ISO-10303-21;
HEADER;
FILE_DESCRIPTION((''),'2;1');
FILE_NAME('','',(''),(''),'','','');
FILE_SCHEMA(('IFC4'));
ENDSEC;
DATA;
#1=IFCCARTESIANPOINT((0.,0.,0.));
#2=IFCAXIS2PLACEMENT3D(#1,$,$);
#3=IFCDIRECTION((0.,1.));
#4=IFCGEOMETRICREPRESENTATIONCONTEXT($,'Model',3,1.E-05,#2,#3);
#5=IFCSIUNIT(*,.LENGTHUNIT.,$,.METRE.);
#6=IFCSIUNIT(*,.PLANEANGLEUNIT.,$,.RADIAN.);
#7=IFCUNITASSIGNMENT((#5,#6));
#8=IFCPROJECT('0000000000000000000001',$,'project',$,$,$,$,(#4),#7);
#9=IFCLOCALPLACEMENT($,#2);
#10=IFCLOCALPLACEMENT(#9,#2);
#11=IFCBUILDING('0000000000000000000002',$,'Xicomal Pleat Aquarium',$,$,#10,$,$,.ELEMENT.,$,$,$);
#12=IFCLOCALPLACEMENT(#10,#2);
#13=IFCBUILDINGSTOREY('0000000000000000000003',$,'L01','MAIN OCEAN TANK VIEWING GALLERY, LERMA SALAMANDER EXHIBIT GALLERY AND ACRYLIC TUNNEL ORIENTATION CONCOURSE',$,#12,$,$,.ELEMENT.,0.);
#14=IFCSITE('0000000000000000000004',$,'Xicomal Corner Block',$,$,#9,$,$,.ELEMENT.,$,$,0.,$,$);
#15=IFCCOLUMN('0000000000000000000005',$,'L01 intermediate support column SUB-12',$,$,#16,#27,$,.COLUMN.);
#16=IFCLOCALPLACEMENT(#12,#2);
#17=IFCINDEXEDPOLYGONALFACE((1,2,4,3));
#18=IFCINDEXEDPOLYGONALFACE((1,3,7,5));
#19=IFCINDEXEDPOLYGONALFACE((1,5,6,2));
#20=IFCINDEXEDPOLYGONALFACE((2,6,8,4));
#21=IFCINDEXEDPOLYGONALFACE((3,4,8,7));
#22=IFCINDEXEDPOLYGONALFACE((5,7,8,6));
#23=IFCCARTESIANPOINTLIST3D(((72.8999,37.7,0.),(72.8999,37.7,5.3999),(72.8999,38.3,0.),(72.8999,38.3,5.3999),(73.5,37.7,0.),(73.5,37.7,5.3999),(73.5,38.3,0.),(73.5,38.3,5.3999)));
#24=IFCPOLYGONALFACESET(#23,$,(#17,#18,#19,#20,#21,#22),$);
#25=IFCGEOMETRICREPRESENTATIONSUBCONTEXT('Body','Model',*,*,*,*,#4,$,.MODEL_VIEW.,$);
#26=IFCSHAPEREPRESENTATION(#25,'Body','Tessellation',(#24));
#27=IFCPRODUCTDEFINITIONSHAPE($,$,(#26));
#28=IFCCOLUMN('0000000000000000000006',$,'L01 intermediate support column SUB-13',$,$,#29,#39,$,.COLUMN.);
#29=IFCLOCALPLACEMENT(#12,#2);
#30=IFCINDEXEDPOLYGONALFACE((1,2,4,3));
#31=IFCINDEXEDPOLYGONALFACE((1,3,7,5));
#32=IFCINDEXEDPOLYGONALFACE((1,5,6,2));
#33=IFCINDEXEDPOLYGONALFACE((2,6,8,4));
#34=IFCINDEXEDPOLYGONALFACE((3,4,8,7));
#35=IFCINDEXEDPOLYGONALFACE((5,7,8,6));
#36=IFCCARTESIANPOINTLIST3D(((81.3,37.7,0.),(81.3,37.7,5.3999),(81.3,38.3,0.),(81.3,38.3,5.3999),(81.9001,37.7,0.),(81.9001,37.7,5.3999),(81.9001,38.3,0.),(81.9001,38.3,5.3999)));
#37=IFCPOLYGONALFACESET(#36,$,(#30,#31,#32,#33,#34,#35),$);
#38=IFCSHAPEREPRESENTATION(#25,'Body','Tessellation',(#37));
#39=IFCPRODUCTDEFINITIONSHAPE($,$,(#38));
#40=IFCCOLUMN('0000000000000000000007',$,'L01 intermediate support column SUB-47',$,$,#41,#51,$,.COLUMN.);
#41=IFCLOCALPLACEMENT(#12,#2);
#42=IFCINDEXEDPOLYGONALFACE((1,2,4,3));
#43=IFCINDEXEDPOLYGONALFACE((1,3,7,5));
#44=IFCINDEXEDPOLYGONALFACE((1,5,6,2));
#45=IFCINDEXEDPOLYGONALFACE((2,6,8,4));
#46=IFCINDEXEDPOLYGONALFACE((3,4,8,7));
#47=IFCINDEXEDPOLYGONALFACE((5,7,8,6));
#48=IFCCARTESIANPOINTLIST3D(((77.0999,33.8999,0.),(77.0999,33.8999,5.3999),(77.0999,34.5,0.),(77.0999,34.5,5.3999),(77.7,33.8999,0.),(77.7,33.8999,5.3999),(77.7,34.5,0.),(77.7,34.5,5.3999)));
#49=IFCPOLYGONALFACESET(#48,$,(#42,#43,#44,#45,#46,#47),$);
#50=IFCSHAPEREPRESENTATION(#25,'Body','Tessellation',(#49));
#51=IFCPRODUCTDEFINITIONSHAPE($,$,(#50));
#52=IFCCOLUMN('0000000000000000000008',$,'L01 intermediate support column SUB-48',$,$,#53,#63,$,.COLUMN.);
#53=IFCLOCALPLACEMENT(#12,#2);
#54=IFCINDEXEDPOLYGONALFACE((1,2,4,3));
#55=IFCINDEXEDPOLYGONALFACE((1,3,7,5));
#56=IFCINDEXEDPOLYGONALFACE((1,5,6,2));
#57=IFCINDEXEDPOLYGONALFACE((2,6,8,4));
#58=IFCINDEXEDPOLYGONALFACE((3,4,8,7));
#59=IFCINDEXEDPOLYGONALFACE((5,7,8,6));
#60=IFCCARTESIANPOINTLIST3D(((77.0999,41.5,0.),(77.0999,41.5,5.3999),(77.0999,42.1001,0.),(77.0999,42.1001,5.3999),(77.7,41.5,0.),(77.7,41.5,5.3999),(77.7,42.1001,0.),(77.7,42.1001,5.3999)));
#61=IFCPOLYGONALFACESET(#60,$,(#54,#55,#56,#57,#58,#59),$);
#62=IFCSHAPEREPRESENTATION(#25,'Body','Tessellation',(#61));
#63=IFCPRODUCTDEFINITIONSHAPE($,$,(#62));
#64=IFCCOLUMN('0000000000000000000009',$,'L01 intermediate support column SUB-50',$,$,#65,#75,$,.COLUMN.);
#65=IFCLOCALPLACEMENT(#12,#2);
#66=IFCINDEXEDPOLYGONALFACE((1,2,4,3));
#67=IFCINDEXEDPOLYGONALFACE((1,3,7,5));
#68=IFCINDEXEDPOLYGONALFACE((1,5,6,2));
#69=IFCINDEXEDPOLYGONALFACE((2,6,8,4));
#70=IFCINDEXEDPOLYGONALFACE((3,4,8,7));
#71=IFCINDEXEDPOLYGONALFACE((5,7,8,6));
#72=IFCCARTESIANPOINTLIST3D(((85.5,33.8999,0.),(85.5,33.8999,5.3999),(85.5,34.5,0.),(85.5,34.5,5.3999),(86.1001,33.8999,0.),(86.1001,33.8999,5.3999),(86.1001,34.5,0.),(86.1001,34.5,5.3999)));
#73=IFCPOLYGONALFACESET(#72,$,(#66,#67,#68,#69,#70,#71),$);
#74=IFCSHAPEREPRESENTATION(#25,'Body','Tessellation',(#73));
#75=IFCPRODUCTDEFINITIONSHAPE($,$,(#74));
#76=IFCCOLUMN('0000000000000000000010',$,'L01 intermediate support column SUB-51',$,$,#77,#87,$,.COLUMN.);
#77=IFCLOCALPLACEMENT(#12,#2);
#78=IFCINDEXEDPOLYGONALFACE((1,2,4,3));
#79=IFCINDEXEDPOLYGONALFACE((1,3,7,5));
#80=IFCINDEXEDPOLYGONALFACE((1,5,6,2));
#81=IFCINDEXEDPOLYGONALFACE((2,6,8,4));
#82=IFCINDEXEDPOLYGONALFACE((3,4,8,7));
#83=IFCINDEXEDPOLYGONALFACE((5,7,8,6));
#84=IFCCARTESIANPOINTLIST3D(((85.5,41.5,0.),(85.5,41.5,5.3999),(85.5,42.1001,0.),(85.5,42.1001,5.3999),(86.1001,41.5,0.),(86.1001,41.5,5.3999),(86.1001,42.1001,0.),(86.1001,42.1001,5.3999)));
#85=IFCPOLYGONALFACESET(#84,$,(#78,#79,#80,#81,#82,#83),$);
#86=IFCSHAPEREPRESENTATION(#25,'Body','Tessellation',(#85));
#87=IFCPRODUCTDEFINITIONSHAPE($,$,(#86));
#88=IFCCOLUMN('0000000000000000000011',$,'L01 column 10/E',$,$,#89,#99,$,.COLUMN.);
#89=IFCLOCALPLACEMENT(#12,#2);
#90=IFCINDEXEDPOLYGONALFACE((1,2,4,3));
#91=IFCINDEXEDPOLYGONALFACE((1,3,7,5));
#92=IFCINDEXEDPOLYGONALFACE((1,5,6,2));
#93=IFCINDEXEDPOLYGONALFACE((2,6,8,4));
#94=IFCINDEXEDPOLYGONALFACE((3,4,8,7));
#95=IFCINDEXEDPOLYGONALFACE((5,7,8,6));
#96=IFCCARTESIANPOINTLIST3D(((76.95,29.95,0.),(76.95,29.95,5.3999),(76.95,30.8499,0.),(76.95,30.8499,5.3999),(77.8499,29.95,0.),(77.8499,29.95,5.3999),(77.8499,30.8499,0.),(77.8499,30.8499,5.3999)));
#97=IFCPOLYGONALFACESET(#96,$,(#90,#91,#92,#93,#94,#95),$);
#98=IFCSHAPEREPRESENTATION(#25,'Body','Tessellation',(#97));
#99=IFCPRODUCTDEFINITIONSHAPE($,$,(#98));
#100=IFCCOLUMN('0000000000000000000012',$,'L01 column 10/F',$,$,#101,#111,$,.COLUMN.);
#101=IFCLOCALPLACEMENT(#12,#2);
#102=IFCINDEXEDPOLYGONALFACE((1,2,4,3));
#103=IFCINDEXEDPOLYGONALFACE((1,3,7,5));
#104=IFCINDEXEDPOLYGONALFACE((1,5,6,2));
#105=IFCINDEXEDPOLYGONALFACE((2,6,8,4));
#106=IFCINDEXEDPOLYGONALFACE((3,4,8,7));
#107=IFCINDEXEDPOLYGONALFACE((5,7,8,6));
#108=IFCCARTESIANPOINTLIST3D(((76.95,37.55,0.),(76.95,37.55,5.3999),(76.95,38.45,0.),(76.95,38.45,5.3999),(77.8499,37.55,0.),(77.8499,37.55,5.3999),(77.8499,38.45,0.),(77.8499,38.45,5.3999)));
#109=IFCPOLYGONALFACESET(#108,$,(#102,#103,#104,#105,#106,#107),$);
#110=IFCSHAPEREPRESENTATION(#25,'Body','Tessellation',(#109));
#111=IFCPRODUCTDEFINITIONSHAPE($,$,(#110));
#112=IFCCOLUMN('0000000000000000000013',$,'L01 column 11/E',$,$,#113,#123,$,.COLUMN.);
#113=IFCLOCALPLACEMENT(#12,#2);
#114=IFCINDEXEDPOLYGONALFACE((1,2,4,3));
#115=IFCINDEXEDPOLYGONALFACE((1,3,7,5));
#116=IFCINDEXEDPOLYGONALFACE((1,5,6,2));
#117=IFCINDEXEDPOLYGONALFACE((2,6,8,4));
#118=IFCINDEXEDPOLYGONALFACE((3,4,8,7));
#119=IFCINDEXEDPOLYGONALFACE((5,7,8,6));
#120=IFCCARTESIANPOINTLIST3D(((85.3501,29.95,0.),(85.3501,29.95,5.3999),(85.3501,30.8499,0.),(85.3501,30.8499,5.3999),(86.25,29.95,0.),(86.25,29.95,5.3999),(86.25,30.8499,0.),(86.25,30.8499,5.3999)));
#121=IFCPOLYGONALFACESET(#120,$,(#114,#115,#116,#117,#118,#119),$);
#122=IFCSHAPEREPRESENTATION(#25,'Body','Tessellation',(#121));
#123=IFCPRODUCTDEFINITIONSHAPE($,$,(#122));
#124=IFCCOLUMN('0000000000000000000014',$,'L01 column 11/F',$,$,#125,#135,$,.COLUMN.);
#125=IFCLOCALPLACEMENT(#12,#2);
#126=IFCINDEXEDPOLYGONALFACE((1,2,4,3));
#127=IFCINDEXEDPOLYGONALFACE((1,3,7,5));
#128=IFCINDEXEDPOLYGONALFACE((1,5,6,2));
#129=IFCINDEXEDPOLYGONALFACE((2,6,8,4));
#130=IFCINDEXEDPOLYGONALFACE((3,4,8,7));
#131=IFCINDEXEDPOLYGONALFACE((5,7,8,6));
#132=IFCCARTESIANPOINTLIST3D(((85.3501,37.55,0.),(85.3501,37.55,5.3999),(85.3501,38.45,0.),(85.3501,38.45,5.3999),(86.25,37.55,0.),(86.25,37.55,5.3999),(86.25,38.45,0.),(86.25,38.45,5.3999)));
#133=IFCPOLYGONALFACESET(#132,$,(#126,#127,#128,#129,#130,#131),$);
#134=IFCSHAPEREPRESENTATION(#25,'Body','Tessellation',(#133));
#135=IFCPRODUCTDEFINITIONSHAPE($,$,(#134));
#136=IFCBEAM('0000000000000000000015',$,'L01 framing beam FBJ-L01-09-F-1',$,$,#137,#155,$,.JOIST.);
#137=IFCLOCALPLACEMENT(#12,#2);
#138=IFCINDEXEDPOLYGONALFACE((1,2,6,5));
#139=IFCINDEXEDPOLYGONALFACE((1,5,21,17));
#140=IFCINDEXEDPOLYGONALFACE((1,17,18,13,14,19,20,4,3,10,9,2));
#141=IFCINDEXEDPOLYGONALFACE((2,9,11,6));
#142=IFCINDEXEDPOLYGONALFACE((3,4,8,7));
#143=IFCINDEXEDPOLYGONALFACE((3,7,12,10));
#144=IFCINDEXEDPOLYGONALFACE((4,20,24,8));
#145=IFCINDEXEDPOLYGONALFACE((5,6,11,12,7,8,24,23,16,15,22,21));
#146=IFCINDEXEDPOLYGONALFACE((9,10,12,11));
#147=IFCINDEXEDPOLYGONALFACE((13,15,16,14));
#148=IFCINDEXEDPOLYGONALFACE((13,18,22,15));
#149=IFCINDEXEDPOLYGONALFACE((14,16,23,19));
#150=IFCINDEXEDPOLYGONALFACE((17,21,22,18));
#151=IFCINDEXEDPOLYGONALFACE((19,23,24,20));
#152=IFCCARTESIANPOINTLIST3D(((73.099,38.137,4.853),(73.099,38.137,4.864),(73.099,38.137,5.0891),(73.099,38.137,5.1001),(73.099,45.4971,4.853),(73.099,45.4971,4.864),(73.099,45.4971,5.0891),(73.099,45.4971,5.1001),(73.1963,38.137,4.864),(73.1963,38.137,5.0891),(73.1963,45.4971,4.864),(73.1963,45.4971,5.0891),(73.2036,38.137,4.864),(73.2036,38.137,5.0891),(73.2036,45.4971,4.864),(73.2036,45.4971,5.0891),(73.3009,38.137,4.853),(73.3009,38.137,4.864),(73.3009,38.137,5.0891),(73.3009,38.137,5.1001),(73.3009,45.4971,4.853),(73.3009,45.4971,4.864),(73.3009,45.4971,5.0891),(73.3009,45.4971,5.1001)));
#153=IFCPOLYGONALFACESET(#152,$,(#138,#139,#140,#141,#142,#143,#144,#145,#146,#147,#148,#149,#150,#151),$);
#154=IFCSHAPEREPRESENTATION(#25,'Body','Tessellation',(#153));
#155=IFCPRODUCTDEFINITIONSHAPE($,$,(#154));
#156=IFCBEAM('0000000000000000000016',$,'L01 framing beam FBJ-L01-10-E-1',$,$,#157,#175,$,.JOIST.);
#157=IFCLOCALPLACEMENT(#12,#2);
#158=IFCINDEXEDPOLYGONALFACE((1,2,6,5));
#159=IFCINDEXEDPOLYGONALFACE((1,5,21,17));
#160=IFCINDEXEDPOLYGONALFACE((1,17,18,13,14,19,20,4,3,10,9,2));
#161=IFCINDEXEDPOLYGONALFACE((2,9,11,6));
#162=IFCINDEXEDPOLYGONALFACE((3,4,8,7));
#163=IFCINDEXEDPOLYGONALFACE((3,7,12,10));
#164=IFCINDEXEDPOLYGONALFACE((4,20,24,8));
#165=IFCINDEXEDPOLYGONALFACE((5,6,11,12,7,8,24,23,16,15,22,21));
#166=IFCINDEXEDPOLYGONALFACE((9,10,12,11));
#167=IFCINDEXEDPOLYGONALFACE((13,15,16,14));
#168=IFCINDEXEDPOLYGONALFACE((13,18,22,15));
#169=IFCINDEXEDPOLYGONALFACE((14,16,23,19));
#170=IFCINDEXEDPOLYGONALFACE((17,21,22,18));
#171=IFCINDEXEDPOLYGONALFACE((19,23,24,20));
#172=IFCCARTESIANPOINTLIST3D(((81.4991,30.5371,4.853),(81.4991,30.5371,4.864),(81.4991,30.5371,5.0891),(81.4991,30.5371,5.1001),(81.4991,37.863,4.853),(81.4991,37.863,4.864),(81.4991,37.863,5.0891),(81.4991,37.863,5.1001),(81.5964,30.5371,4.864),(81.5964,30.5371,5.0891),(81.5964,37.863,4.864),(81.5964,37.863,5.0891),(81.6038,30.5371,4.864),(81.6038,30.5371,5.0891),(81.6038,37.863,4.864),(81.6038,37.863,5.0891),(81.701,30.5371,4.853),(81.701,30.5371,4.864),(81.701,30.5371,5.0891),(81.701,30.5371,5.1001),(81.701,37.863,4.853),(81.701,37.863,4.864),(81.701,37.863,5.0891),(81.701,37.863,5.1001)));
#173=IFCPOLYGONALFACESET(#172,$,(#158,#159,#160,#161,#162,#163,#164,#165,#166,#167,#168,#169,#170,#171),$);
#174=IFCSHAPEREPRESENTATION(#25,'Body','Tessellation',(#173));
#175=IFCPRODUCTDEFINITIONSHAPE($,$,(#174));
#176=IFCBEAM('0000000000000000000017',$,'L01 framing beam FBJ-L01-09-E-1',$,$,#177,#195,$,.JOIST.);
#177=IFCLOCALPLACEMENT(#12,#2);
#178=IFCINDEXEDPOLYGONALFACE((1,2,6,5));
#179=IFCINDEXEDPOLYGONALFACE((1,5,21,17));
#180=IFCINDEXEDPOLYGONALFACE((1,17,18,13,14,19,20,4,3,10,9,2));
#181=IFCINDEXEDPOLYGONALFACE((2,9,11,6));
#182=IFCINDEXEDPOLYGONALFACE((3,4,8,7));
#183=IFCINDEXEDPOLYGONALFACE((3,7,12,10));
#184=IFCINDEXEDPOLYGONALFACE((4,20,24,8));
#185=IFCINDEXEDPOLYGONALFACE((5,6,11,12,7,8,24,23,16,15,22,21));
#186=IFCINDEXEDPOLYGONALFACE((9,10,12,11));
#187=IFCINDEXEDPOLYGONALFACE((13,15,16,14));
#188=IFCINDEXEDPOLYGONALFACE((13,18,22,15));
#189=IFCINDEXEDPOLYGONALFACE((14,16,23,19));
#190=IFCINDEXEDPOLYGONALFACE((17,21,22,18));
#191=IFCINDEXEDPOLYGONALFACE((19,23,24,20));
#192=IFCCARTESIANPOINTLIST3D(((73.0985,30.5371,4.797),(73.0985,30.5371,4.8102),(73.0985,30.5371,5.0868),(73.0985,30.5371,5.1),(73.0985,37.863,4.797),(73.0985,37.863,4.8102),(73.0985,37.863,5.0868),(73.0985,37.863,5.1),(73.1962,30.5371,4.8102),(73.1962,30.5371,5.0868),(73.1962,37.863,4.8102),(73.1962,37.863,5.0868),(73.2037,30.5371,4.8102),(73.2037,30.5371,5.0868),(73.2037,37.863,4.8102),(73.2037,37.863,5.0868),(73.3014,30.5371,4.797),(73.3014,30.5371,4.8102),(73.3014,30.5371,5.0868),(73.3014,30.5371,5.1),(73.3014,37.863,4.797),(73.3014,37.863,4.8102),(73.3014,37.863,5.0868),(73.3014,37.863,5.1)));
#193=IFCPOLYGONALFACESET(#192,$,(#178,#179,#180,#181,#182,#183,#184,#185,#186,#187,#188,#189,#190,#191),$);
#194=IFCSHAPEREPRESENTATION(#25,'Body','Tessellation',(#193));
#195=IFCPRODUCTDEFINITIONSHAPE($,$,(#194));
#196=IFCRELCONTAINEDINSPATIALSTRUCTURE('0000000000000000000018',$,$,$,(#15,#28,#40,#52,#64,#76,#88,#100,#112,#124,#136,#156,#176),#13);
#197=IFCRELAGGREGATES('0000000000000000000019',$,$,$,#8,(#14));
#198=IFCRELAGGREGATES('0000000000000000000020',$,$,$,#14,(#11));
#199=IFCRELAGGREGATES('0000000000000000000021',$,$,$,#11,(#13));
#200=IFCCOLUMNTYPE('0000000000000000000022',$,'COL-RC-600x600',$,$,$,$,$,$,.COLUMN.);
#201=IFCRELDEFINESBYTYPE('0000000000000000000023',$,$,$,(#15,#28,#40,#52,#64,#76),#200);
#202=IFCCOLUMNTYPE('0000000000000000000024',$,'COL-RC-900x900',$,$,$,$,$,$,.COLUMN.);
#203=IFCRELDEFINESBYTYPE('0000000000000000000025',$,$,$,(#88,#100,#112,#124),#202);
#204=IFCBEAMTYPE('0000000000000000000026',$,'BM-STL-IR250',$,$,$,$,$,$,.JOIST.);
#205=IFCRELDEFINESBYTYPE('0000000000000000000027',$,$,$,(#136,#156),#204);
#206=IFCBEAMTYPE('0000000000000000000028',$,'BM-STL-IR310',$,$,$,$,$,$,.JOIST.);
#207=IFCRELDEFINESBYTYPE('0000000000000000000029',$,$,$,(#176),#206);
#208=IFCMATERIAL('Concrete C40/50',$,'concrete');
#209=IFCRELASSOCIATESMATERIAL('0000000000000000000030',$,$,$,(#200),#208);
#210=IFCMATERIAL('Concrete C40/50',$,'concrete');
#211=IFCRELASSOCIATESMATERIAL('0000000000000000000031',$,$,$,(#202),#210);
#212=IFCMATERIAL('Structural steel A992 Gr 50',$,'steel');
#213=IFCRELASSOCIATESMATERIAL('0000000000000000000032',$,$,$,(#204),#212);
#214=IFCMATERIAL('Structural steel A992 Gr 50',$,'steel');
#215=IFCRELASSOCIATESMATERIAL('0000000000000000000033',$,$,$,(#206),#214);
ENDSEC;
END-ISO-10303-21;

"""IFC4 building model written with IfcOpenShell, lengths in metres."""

from ifc_helpers import new_model, si_unit, direction, frame, origin, origin_2d, place, context, subcontext, project, spatial, rectangle, i_section, extrude, material, material_profile, profile_set, type_object, element, save


model = new_model("IFC4")

# Units and contexts
model_context = context("Model", 3, precision=1e-05, world=origin(), true_north=direction((0.0, 1.0)))
body_context = subcontext(model_context, "Body", "Model", "MODEL_VIEW")
ifc_project = project(units=[si_unit("LENGTHUNIT", "METRE"), si_unit("PLANEANGLEUNIT", "RADIAN")], contexts=[model_context])

# Site, building, storey
site_placement = place(None, origin())
site = spatial("IfcSite", under=ifc_project, at=site_placement, Name="Xicomal Corner Block", CompositionType="ELEMENT", RefElevation=0.0)
building_placement = place(site_placement, origin())
building = spatial("IfcBuilding", under=site, at=building_placement, Name="Xicomal Pleat Aquarium", CompositionType="ELEMENT")
storey_placement = place(building_placement, origin())
storey = spatial("IfcBuildingStorey", under=building, at=storey_placement, Name="L01", Description="MAIN OCEAN TANK VIEWING GALLERY, LERMA SALAMANDER EXHIBIT GALLERY AND ACRYLIC TUNNEL ORIENTATION CONCOURSE", CompositionType="ELEMENT", Elevation=0.0)

# Columns
ifc_material_1 = material(Name="Concrete C40/50", Category="concrete")
ifc_material_profile_1 = material_profile(ifc_material_1, rectangle(XDim=0.6001, YDim=0.6001, at=origin_2d()), Name="RC 600x600")
ifc_profile_set_1 = profile_set([ifc_material_profile_1], Name="Concrete C40/50")
column_type_1 = type_object("IfcColumnType", Name="COL-RC-600x600", PredefinedType="COLUMN", material=ifc_profile_set_1)
for number, where, z_axis, x_axis, name in (
    (1, (73.2, 38.0, 0.0), (0.0, 0.0, 1.0), (1.0, 0.0, 0.0), "L01 intermediate support column SUB-12"),
    (2, (81.6001, 38.0, 0.0), (0.0, 0.0, 1.0), (1.0, 0.0, 0.0), "L01 intermediate support column SUB-13"),
    (3, (77.3999, 34.2, 0.0), (0.0, 0.0, 1.0), (1.0, 0.0, 0.0), "L01 intermediate support column SUB-47"),
    (4, (77.3999, 41.8, 0.0), (0.0, 0.0, 1.0), (1.0, 0.0, 0.0), "L01 intermediate support column SUB-48"),
    (5, (85.8, 34.2, 0.0), (0.0, 0.0, 1.0), (1.0, 0.0, 0.0), "L01 intermediate support column SUB-50"),
    (6, (85.8, 41.8, 0.0), (0.0, 0.0, 1.0), (1.0, 0.0, 0.0), "L01 intermediate support column SUB-51"),
):
    element("IfcColumn", number, at=place(storey_placement, frame(where, z_axis=z_axis, x_axis=x_axis)), inside=storey, type_object=column_type_1, Name=name, PredefinedType="COLUMN", context=body_context, shape_type="SweptSolid", body=[
        extrude(rectangle(XDim=0.6001, YDim=0.6001, at=origin_2d()), origin(), (0.0, 0.0, 1.0), 5.3999),
    ])
ifc_material_2 = material(Name="Concrete C40/50", Category="concrete")
ifc_material_profile_2 = material_profile(ifc_material_2, rectangle(XDim=0.8999, YDim=0.8999, at=origin_2d()), Name="RC 900x900")
ifc_profile_set_2 = profile_set([ifc_material_profile_2], Name="Concrete C40/50")
column_type_2 = type_object("IfcColumnType", Name="COL-RC-900x900", PredefinedType="COLUMN", material=ifc_profile_set_2)
for number, where, z_axis, x_axis, name in (
    (7, (77.3999, 30.3999, 0.0), (0.0, 0.0, 1.0), (1.0, 0.0, 0.0), "L01 column 10/E"),
    (8, (77.3999, 38.0, 0.0), (0.0, 0.0, 1.0), (1.0, 0.0, 0.0), "L01 column 10/F"),
    (9, (85.8, 30.3999, 0.0), (0.0, 0.0, 1.0), (1.0, 0.0, 0.0), "L01 column 11/E"),
    (10, (85.8, 38.0, 0.0), (0.0, 0.0, 1.0), (1.0, 0.0, 0.0), "L01 column 11/F"),
):
    element("IfcColumn", number, at=place(storey_placement, frame(where, z_axis=z_axis, x_axis=x_axis)), inside=storey, type_object=column_type_2, Name=name, PredefinedType="COLUMN", context=body_context, shape_type="SweptSolid", body=[
        extrude(rectangle(XDim=0.8999, YDim=0.8999, at=origin_2d()), origin(), (0.0, 0.0, 1.0), 5.3999),
    ])

# Beams
ifc_material_3 = material(Name="Structural steel A992 Gr 50", Category="steel")
ifc_material_profile_3 = material_profile(ifc_material_3, i_section(OverallWidth=0.2019, OverallDepth=0.2471, WebThickness=0.0073, FlangeThickness=0.011, at=origin_2d()), Name="IR 250x49")
ifc_profile_set_3 = profile_set([ifc_material_profile_3], Name="Structural steel A992 Gr 50")
beam_type_1 = type_object("IfcBeamType", Name="BM-STL-IR250", PredefinedType="JOIST", material=ifc_profile_set_3)
beam_1_placement = place(storey_placement, frame((73.2, 38.137, 4.9766), z_axis=(0.0, 1.0, 0.0), x_axis=(-1.0, 0.0, 0.0)))
element("IfcBeam", 11, at=beam_1_placement, inside=storey, type_object=beam_type_1, Name="L01 framing beam FBJ-L01-09-F-1", PredefinedType="JOIST", context=body_context, shape_type="SweptSolid", body=[
    extrude(i_section(OverallWidth=0.2019, OverallDepth=0.2471, WebThickness=0.0073, FlangeThickness=0.011, at=origin_2d()), origin(), (0.0, 0.0, 1.0), 7.3601),
])
beam_2_placement = place(storey_placement, frame((81.6001, 30.5371, 4.9766), z_axis=(0.0, 1.0, 0.0), x_axis=(-1.0, 0.0, 0.0)))
element("IfcBeam", 12, at=beam_2_placement, inside=storey, type_object=beam_type_1, Name="L01 framing beam FBJ-L01-10-E-1", PredefinedType="JOIST", context=body_context, shape_type="SweptSolid", body=[
    extrude(i_section(OverallWidth=0.2019, OverallDepth=0.2471, WebThickness=0.0073, FlangeThickness=0.011, at=origin_2d()), origin(), (0.0, 0.0, 1.0), 7.3259),
])
ifc_material_4 = material(Name="Structural steel A992 Gr 50", Category="steel")
ifc_material_profile_4 = material_profile(ifc_material_4, i_section(OverallWidth=0.2029, OverallDepth=0.303, WebThickness=0.0076, FlangeThickness=0.0132, at=origin_2d()), Name="IR 310x60")
ifc_profile_set_4 = profile_set([ifc_material_profile_4], Name="Structural steel A992 Gr 50")
beam_type_2 = type_object("IfcBeamType", Name="BM-STL-IR310", PredefinedType="JOIST", material=ifc_profile_set_4)
beam_3_placement = place(storey_placement, frame((73.2, 30.5371, 4.9485), z_axis=(0.0, 1.0, 0.0), x_axis=(-1.0, 0.0, 0.0)))
element("IfcBeam", 13, at=beam_3_placement, inside=storey, type_object=beam_type_2, Name="L01 framing beam FBJ-L01-09-E-1", PredefinedType="JOIST", context=body_context, shape_type="SweptSolid", body=[
    extrude(i_section(OverallWidth=0.2029, OverallDepth=0.303, WebThickness=0.0076, FlangeThickness=0.0132, at=origin_2d()), origin(), (0.0, 0.0, 1.0), 7.3259),
])

save(model, "model.ifc")
